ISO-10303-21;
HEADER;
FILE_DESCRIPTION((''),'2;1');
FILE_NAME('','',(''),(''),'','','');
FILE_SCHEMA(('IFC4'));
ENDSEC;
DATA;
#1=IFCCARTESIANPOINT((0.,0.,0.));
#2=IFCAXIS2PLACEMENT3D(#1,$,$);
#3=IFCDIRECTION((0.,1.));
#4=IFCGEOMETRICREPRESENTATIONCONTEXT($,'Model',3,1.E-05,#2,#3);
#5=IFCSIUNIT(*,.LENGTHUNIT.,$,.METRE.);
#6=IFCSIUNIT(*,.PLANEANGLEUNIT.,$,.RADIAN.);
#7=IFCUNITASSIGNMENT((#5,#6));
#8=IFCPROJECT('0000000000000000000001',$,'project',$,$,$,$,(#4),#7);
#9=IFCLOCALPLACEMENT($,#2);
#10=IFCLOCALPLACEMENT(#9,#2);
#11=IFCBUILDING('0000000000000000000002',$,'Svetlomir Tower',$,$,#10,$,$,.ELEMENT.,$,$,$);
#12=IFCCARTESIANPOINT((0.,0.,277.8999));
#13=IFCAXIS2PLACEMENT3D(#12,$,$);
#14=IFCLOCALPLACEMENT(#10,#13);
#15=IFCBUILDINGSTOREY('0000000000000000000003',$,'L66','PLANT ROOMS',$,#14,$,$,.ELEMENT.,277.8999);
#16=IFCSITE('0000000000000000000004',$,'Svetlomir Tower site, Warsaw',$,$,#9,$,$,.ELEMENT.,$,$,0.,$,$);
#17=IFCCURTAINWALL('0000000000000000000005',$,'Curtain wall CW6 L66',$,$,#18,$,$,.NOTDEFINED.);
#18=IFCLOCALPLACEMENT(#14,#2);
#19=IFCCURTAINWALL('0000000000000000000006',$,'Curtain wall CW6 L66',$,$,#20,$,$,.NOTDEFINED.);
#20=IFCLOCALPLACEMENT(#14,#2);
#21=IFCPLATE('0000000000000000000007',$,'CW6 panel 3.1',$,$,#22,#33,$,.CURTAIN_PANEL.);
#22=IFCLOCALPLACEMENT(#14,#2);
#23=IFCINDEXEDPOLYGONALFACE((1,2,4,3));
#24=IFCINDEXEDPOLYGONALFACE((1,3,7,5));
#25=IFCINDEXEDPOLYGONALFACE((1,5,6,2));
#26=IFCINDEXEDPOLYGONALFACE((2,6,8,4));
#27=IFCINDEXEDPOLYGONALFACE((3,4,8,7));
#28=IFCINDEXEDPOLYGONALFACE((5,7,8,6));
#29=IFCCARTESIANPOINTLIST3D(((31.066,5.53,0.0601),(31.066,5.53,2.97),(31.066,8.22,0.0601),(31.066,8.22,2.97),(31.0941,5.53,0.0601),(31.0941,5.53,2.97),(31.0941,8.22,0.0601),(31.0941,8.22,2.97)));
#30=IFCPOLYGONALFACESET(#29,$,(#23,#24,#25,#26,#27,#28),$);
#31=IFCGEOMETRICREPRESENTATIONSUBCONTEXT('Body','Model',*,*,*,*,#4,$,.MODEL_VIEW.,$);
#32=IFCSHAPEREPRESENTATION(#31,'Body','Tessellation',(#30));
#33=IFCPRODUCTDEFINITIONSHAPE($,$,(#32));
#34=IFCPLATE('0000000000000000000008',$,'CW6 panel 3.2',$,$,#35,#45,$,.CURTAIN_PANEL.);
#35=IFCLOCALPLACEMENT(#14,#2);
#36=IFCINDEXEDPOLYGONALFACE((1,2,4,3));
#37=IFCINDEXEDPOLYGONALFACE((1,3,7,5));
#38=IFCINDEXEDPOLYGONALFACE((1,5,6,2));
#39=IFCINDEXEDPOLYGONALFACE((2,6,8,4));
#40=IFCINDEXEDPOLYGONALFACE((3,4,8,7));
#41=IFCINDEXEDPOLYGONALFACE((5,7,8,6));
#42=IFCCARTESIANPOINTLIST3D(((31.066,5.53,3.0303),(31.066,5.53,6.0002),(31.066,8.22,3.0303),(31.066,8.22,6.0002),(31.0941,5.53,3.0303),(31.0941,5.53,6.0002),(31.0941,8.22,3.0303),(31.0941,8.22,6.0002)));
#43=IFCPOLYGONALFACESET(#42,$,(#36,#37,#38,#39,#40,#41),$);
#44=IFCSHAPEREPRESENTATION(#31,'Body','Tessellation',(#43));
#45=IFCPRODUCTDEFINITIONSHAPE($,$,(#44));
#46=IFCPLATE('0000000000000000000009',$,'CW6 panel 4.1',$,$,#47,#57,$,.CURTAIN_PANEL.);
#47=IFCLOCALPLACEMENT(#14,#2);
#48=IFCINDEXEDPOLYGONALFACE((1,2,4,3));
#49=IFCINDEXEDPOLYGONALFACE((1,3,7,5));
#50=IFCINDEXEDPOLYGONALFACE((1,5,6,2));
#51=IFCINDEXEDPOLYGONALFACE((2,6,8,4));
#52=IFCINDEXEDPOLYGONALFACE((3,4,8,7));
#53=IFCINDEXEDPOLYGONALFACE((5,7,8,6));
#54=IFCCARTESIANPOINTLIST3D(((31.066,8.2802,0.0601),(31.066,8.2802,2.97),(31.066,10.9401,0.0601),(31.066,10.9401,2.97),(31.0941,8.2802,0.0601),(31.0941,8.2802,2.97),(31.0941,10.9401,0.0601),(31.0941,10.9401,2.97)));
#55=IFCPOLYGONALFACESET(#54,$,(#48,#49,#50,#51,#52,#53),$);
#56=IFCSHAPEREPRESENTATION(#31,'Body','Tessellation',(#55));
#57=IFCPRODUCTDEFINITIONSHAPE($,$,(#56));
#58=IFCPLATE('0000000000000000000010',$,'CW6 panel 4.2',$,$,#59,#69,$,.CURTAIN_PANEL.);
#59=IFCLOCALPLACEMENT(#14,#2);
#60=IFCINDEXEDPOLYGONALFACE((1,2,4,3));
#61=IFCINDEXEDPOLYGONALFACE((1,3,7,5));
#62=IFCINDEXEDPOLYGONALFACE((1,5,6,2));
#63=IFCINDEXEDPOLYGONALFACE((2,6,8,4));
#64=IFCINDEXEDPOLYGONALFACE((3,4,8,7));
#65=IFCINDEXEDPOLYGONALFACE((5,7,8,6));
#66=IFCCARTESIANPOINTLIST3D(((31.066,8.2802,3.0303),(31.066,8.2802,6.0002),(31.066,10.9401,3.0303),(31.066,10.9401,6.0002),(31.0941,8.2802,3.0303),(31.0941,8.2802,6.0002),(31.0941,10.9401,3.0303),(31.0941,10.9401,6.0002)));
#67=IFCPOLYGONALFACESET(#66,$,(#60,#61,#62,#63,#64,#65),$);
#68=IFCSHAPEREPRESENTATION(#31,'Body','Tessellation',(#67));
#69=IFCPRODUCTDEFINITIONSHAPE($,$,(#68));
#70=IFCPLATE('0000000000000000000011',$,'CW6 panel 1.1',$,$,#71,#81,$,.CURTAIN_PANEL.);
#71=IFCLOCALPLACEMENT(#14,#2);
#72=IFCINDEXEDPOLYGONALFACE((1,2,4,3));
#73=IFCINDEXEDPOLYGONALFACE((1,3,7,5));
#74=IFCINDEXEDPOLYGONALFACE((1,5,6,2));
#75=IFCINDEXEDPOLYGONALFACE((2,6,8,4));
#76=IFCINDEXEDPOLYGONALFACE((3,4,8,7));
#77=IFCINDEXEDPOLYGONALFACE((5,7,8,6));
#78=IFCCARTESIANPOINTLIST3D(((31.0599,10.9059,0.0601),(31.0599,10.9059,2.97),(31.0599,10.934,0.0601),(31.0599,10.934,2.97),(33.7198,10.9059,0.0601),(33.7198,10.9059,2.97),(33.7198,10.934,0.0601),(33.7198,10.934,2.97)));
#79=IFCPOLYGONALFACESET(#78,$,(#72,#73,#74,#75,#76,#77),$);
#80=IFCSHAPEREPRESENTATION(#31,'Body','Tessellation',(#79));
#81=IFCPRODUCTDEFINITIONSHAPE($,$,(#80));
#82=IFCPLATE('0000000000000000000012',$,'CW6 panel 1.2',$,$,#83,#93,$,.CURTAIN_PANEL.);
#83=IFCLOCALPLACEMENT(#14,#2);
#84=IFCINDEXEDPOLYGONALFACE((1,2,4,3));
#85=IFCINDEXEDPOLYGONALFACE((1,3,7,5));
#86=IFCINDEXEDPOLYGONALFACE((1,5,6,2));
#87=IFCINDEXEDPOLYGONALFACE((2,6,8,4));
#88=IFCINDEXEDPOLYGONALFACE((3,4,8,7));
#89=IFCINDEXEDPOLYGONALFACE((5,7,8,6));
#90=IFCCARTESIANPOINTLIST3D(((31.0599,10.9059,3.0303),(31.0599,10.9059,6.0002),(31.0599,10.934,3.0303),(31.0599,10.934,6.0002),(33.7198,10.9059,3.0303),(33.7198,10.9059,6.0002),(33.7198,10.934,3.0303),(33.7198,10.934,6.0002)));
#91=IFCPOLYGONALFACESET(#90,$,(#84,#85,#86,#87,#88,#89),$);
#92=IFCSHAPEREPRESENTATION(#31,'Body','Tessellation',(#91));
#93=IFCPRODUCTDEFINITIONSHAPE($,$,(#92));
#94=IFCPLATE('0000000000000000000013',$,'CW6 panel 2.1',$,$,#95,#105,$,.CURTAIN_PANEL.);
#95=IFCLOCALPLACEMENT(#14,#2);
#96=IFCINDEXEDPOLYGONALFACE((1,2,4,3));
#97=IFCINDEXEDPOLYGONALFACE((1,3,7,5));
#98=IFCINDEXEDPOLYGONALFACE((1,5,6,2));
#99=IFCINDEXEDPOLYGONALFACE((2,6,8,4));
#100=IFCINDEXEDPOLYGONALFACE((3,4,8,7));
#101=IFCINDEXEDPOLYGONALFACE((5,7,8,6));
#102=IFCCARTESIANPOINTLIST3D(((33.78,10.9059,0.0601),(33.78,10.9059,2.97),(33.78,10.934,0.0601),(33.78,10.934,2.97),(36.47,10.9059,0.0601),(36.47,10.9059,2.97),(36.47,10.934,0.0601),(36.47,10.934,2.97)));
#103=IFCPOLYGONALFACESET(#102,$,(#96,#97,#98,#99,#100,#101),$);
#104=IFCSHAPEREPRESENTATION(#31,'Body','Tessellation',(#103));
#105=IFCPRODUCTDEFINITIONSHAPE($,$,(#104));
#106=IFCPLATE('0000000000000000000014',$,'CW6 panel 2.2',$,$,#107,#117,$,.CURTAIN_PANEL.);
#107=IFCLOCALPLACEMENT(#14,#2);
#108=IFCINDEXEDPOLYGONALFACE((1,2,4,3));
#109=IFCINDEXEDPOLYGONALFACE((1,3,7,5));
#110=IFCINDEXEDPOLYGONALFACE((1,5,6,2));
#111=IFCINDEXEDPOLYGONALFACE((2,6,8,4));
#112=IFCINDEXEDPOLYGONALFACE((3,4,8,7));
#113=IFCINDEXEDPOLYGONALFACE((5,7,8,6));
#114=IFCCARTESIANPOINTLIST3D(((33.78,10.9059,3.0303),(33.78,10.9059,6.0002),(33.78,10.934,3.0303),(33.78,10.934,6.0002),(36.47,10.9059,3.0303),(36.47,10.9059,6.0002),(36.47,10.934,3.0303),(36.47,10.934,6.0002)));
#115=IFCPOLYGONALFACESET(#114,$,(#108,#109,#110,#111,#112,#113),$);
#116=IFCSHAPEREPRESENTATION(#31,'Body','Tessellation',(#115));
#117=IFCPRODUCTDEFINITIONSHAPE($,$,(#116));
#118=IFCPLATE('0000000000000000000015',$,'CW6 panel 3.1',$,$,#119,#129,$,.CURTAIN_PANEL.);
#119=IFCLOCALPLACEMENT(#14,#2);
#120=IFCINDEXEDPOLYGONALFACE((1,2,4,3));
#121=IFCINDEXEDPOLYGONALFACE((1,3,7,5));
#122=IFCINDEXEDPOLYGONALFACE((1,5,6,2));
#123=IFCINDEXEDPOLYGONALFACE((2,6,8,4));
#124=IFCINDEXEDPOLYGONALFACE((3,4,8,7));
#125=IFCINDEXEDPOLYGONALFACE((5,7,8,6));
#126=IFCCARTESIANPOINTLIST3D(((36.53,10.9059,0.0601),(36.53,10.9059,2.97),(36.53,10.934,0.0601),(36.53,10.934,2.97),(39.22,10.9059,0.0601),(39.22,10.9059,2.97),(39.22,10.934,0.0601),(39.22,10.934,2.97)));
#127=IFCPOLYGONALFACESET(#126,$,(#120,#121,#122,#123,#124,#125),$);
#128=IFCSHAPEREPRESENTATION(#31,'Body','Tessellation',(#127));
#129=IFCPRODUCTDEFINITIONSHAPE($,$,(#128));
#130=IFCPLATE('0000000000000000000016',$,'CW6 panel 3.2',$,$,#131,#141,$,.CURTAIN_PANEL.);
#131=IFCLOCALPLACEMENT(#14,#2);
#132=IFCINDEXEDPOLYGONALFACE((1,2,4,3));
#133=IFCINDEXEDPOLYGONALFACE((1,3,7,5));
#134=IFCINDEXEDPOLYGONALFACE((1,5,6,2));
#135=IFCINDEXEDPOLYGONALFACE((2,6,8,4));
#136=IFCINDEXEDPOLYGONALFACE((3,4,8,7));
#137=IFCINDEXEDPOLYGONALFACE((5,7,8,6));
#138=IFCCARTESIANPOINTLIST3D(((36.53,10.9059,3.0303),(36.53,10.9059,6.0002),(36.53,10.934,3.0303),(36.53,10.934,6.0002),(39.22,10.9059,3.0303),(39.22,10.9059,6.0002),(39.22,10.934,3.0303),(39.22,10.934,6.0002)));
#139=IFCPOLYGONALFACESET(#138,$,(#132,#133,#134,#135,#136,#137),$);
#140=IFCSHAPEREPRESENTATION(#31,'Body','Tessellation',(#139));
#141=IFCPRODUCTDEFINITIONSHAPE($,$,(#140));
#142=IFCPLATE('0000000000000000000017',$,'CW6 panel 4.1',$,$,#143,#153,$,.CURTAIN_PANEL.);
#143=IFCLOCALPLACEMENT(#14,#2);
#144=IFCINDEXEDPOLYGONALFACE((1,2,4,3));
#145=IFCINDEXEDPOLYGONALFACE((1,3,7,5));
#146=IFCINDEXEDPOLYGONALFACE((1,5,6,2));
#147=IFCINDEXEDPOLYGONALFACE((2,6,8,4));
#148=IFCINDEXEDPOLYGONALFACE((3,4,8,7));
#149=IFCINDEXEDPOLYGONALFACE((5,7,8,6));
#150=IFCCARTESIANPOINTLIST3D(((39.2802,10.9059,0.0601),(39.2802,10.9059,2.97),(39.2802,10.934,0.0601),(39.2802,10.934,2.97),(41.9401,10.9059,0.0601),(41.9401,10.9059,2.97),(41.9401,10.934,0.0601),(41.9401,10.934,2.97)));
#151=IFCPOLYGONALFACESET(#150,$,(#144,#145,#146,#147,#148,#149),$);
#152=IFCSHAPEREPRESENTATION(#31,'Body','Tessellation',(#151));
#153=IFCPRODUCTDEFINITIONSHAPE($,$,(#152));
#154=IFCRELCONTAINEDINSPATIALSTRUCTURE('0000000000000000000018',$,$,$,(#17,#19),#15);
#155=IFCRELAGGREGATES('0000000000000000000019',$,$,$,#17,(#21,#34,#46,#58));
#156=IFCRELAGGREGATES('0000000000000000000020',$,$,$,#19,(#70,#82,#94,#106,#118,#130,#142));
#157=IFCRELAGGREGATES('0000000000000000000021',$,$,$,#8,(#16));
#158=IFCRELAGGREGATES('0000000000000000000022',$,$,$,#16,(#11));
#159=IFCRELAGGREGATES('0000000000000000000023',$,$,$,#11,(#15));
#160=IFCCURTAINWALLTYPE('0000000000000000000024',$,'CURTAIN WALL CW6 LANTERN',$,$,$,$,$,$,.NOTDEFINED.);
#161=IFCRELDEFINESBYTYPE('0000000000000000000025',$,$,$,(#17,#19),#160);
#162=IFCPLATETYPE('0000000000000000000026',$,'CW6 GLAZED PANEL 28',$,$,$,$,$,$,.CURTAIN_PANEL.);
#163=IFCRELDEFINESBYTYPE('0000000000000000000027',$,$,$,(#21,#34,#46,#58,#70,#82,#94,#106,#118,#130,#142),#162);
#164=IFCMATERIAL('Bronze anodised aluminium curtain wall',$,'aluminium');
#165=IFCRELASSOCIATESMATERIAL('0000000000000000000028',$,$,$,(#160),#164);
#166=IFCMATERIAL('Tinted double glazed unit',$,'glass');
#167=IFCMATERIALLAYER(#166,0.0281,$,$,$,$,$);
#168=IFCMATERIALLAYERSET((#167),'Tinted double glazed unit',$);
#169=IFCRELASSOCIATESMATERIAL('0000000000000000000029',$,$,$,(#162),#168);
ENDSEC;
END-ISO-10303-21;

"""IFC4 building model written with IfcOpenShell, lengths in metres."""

from ifc_helpers import new_model, si_unit, direction, frame, origin, origin_2d, place, context, subcontext, project, spatial, rectangle, extrude, material, layer, layer_set, type_object, element, aggregate, save


model = new_model("IFC4")

# Units and contexts
model_context = context("Model", 3, precision=1e-05, world=origin(), true_north=direction((0.0, 1.0)))
body_context = subcontext(model_context, "Body", "Model", "MODEL_VIEW")
ifc_project = project(units=[si_unit("LENGTHUNIT", "METRE"), si_unit("PLANEANGLEUNIT", "RADIAN")], contexts=[model_context])

# Site, building, storey
site_placement = place(None, origin())
site = spatial("IfcSite", under=ifc_project, at=site_placement, Name="Svetlomir Tower site, Warsaw", CompositionType="ELEMENT", RefElevation=0.0)
building_placement = place(site_placement, origin())
building = spatial("IfcBuilding", under=site, at=building_placement, Name="Svetlomir Tower", CompositionType="ELEMENT")
storey_placement = place(building_placement, frame((0.0, 0.0, 277.8999)))
storey = spatial("IfcBuildingStorey", under=building, at=storey_placement, Name="L66", Description="PLANT ROOMS", CompositionType="ELEMENT", Elevation=277.8999)

# Curtain walls
ifc_material_1 = material(Name="Bronze anodised aluminium curtain wall", Category="aluminium")
curtain_wall_type = type_object("IfcCurtainWallType", Name="CURTAIN WALL CW6 LANTERN", PredefinedType="NOTDEFINED", material=ifc_material_1)
curtain_wall_1_placement = place(storey_placement, origin())
curtain_wall_1 = element("IfcCurtainWall", 1, at=curtain_wall_1_placement, inside=storey, type_object=curtain_wall_type, Name="Curtain wall CW6 L66", PredefinedType="NOTDEFINED")
curtain_wall_2_placement = place(storey_placement, origin())
curtain_wall_2 = element("IfcCurtainWall", 2, at=curtain_wall_2_placement, inside=storey, type_object=curtain_wall_type, Name="Curtain wall CW6 L66", PredefinedType="NOTDEFINED")

# Plates
ifc_material_2 = material(Name="Tinted double glazed unit", Category="glass")
ifc_layer = layer(ifc_material_2, 0.0281)
ifc_layer_set = layer_set([ifc_layer], Name="Tinted double glazed unit")
plate_type = type_object("IfcPlateType", Name="CW6 GLAZED PANEL 28", PredefinedType="CURTAIN_PANEL", material=ifc_layer_set)
plate_1_placement = place(storey_placement, frame((31.0801, 6.875, 0.0601), z_axis=(0.0, 0.0, 1.0), x_axis=(0.0, 1.0, 0.0)))
plate_1 = element("IfcPlate", 3, at=plate_1_placement, type_object=plate_type, Name="CW6 panel 3.1", PredefinedType="CURTAIN_PANEL", context=body_context, shape_type="SweptSolid", body=[
    extrude(rectangle(XDim=2.6899, YDim=0.0281, at=origin_2d()), origin(), (0.0, 0.0, 1.0), 2.9099),
])
plate_2_placement = place(storey_placement, frame((31.0801, 6.875, 3.0303), z_axis=(0.0, 0.0, 1.0), x_axis=(0.0, 1.0, 0.0)))
plate_2 = element("IfcPlate", 4, at=plate_2_placement, type_object=plate_type, Name="CW6 panel 3.2", PredefinedType="CURTAIN_PANEL", context=body_context, shape_type="SweptSolid", body=[
    extrude(rectangle(XDim=2.6899, YDim=0.0281, at=origin_2d()), origin(), (0.0, 0.0, 1.0), 2.97),
])
plate_3_placement = place(storey_placement, frame((31.0801, 9.6101, 0.0601), z_axis=(0.0, 0.0, 1.0), x_axis=(0.0, 1.0, 0.0)))
plate_3 = element("IfcPlate", 5, at=plate_3_placement, type_object=plate_type, Name="CW6 panel 4.1", PredefinedType="CURTAIN_PANEL", context=body_context, shape_type="SweptSolid", body=[
    extrude(rectangle(XDim=2.6599, YDim=0.0281, at=origin_2d()), origin(), (0.0, 0.0, 1.0), 2.9099),
])
plate_4_placement = place(storey_placement, frame((31.0801, 9.6101, 3.0303), z_axis=(0.0, 0.0, 1.0), x_axis=(0.0, 1.0, 0.0)))
plate_4 = element("IfcPlate", 6, at=plate_4_placement, type_object=plate_type, Name="CW6 panel 4.2", PredefinedType="CURTAIN_PANEL", context=body_context, shape_type="SweptSolid", body=[
    extrude(rectangle(XDim=2.6599, YDim=0.0281, at=origin_2d()), origin(), (0.0, 0.0, 1.0), 2.97),
])
aggregate(curtain_wall_1, [plate_1, plate_2, plate_3, plate_4])
plate_5_placement = place(storey_placement, frame((32.3899, 10.9199, 0.0601), z_axis=(0.0, 0.0, 1.0), x_axis=(1.0, 0.0, 0.0)))
plate_5 = element("IfcPlate", 7, at=plate_5_placement, type_object=plate_type, Name="CW6 panel 1.1", PredefinedType="CURTAIN_PANEL", context=body_context, shape_type="SweptSolid", body=[
    extrude(rectangle(XDim=2.6599, YDim=0.0281, at=origin_2d()), origin(), (0.0, 0.0, 1.0), 2.9099),
])
plate_6_placement = place(storey_placement, frame((32.3899, 10.9199, 3.0303), z_axis=(0.0, 0.0, 1.0), x_axis=(1.0, 0.0, 0.0)))
plate_6 = element("IfcPlate", 8, at=plate_6_placement, type_object=plate_type, Name="CW6 panel 1.2", PredefinedType="CURTAIN_PANEL", context=body_context, shape_type="SweptSolid", body=[
    extrude(rectangle(XDim=2.6599, YDim=0.0281, at=origin_2d()), origin(), (0.0, 0.0, 1.0), 2.97),
])
plate_7_placement = place(storey_placement, frame((35.125, 10.9199, 0.0601), z_axis=(0.0, 0.0, 1.0), x_axis=(1.0, 0.0, 0.0)))
plate_7 = element("IfcPlate", 9, at=plate_7_placement, type_object=plate_type, Name="CW6 panel 2.1", PredefinedType="CURTAIN_PANEL", context=body_context, shape_type="SweptSolid", body=[
    extrude(rectangle(XDim=2.6899, YDim=0.0281, at=origin_2d()), origin(), (0.0, 0.0, 1.0), 2.9099),
])
plate_8_placement = place(storey_placement, frame((35.125, 10.9199, 3.0303), z_axis=(0.0, 0.0, 1.0), x_axis=(1.0, 0.0, 0.0)))
plate_8 = element("IfcPlate", 10, at=plate_8_placement, type_object=plate_type, Name="CW6 panel 2.2", PredefinedType="CURTAIN_PANEL", context=body_context, shape_type="SweptSolid", body=[
    extrude(rectangle(XDim=2.6899, YDim=0.0281, at=origin_2d()), origin(), (0.0, 0.0, 1.0), 2.97),
])
plate_9_placement = place(storey_placement, frame((37.875, 10.9199, 0.0601), z_axis=(0.0, 0.0, 1.0), x_axis=(1.0, 0.0, 0.0)))
plate_9 = element("IfcPlate", 11, at=plate_9_placement, type_object=plate_type, Name="CW6 panel 3.1", PredefinedType="CURTAIN_PANEL", context=body_context, shape_type="SweptSolid", body=[
    extrude(rectangle(XDim=2.6899, YDim=0.0281, at=origin_2d()), origin(), (0.0, 0.0, 1.0), 2.9099),
])
plate_10_placement = place(storey_placement, frame((37.875, 10.9199, 3.0303), z_axis=(0.0, 0.0, 1.0), x_axis=(1.0, 0.0, 0.0)))
plate_10 = element("IfcPlate", 12, at=plate_10_placement, type_object=plate_type, Name="CW6 panel 3.2", PredefinedType="CURTAIN_PANEL", context=body_context, shape_type="SweptSolid", body=[
    extrude(rectangle(XDim=2.6899, YDim=0.0281, at=origin_2d()), origin(), (0.0, 0.0, 1.0), 2.97),
])
plate_11_placement = place(storey_placement, frame((40.6101, 10.9199, 0.0601), z_axis=(0.0, 0.0, 1.0), x_axis=(1.0, 0.0, 0.0)))
plate_11 = element("IfcPlate", 13, at=plate_11_placement, type_object=plate_type, Name="CW6 panel 4.1", PredefinedType="CURTAIN_PANEL", context=body_context, shape_type="SweptSolid", body=[
    extrude(rectangle(XDim=2.6599, YDim=0.0281, at=origin_2d()), origin(), (0.0, 0.0, 1.0), 2.9099),
])
aggregate(curtain_wall_2, [plate_5, plate_6, plate_7, plate_8, plate_9, plate_10, plate_11])

save(model, "model.ifc")
